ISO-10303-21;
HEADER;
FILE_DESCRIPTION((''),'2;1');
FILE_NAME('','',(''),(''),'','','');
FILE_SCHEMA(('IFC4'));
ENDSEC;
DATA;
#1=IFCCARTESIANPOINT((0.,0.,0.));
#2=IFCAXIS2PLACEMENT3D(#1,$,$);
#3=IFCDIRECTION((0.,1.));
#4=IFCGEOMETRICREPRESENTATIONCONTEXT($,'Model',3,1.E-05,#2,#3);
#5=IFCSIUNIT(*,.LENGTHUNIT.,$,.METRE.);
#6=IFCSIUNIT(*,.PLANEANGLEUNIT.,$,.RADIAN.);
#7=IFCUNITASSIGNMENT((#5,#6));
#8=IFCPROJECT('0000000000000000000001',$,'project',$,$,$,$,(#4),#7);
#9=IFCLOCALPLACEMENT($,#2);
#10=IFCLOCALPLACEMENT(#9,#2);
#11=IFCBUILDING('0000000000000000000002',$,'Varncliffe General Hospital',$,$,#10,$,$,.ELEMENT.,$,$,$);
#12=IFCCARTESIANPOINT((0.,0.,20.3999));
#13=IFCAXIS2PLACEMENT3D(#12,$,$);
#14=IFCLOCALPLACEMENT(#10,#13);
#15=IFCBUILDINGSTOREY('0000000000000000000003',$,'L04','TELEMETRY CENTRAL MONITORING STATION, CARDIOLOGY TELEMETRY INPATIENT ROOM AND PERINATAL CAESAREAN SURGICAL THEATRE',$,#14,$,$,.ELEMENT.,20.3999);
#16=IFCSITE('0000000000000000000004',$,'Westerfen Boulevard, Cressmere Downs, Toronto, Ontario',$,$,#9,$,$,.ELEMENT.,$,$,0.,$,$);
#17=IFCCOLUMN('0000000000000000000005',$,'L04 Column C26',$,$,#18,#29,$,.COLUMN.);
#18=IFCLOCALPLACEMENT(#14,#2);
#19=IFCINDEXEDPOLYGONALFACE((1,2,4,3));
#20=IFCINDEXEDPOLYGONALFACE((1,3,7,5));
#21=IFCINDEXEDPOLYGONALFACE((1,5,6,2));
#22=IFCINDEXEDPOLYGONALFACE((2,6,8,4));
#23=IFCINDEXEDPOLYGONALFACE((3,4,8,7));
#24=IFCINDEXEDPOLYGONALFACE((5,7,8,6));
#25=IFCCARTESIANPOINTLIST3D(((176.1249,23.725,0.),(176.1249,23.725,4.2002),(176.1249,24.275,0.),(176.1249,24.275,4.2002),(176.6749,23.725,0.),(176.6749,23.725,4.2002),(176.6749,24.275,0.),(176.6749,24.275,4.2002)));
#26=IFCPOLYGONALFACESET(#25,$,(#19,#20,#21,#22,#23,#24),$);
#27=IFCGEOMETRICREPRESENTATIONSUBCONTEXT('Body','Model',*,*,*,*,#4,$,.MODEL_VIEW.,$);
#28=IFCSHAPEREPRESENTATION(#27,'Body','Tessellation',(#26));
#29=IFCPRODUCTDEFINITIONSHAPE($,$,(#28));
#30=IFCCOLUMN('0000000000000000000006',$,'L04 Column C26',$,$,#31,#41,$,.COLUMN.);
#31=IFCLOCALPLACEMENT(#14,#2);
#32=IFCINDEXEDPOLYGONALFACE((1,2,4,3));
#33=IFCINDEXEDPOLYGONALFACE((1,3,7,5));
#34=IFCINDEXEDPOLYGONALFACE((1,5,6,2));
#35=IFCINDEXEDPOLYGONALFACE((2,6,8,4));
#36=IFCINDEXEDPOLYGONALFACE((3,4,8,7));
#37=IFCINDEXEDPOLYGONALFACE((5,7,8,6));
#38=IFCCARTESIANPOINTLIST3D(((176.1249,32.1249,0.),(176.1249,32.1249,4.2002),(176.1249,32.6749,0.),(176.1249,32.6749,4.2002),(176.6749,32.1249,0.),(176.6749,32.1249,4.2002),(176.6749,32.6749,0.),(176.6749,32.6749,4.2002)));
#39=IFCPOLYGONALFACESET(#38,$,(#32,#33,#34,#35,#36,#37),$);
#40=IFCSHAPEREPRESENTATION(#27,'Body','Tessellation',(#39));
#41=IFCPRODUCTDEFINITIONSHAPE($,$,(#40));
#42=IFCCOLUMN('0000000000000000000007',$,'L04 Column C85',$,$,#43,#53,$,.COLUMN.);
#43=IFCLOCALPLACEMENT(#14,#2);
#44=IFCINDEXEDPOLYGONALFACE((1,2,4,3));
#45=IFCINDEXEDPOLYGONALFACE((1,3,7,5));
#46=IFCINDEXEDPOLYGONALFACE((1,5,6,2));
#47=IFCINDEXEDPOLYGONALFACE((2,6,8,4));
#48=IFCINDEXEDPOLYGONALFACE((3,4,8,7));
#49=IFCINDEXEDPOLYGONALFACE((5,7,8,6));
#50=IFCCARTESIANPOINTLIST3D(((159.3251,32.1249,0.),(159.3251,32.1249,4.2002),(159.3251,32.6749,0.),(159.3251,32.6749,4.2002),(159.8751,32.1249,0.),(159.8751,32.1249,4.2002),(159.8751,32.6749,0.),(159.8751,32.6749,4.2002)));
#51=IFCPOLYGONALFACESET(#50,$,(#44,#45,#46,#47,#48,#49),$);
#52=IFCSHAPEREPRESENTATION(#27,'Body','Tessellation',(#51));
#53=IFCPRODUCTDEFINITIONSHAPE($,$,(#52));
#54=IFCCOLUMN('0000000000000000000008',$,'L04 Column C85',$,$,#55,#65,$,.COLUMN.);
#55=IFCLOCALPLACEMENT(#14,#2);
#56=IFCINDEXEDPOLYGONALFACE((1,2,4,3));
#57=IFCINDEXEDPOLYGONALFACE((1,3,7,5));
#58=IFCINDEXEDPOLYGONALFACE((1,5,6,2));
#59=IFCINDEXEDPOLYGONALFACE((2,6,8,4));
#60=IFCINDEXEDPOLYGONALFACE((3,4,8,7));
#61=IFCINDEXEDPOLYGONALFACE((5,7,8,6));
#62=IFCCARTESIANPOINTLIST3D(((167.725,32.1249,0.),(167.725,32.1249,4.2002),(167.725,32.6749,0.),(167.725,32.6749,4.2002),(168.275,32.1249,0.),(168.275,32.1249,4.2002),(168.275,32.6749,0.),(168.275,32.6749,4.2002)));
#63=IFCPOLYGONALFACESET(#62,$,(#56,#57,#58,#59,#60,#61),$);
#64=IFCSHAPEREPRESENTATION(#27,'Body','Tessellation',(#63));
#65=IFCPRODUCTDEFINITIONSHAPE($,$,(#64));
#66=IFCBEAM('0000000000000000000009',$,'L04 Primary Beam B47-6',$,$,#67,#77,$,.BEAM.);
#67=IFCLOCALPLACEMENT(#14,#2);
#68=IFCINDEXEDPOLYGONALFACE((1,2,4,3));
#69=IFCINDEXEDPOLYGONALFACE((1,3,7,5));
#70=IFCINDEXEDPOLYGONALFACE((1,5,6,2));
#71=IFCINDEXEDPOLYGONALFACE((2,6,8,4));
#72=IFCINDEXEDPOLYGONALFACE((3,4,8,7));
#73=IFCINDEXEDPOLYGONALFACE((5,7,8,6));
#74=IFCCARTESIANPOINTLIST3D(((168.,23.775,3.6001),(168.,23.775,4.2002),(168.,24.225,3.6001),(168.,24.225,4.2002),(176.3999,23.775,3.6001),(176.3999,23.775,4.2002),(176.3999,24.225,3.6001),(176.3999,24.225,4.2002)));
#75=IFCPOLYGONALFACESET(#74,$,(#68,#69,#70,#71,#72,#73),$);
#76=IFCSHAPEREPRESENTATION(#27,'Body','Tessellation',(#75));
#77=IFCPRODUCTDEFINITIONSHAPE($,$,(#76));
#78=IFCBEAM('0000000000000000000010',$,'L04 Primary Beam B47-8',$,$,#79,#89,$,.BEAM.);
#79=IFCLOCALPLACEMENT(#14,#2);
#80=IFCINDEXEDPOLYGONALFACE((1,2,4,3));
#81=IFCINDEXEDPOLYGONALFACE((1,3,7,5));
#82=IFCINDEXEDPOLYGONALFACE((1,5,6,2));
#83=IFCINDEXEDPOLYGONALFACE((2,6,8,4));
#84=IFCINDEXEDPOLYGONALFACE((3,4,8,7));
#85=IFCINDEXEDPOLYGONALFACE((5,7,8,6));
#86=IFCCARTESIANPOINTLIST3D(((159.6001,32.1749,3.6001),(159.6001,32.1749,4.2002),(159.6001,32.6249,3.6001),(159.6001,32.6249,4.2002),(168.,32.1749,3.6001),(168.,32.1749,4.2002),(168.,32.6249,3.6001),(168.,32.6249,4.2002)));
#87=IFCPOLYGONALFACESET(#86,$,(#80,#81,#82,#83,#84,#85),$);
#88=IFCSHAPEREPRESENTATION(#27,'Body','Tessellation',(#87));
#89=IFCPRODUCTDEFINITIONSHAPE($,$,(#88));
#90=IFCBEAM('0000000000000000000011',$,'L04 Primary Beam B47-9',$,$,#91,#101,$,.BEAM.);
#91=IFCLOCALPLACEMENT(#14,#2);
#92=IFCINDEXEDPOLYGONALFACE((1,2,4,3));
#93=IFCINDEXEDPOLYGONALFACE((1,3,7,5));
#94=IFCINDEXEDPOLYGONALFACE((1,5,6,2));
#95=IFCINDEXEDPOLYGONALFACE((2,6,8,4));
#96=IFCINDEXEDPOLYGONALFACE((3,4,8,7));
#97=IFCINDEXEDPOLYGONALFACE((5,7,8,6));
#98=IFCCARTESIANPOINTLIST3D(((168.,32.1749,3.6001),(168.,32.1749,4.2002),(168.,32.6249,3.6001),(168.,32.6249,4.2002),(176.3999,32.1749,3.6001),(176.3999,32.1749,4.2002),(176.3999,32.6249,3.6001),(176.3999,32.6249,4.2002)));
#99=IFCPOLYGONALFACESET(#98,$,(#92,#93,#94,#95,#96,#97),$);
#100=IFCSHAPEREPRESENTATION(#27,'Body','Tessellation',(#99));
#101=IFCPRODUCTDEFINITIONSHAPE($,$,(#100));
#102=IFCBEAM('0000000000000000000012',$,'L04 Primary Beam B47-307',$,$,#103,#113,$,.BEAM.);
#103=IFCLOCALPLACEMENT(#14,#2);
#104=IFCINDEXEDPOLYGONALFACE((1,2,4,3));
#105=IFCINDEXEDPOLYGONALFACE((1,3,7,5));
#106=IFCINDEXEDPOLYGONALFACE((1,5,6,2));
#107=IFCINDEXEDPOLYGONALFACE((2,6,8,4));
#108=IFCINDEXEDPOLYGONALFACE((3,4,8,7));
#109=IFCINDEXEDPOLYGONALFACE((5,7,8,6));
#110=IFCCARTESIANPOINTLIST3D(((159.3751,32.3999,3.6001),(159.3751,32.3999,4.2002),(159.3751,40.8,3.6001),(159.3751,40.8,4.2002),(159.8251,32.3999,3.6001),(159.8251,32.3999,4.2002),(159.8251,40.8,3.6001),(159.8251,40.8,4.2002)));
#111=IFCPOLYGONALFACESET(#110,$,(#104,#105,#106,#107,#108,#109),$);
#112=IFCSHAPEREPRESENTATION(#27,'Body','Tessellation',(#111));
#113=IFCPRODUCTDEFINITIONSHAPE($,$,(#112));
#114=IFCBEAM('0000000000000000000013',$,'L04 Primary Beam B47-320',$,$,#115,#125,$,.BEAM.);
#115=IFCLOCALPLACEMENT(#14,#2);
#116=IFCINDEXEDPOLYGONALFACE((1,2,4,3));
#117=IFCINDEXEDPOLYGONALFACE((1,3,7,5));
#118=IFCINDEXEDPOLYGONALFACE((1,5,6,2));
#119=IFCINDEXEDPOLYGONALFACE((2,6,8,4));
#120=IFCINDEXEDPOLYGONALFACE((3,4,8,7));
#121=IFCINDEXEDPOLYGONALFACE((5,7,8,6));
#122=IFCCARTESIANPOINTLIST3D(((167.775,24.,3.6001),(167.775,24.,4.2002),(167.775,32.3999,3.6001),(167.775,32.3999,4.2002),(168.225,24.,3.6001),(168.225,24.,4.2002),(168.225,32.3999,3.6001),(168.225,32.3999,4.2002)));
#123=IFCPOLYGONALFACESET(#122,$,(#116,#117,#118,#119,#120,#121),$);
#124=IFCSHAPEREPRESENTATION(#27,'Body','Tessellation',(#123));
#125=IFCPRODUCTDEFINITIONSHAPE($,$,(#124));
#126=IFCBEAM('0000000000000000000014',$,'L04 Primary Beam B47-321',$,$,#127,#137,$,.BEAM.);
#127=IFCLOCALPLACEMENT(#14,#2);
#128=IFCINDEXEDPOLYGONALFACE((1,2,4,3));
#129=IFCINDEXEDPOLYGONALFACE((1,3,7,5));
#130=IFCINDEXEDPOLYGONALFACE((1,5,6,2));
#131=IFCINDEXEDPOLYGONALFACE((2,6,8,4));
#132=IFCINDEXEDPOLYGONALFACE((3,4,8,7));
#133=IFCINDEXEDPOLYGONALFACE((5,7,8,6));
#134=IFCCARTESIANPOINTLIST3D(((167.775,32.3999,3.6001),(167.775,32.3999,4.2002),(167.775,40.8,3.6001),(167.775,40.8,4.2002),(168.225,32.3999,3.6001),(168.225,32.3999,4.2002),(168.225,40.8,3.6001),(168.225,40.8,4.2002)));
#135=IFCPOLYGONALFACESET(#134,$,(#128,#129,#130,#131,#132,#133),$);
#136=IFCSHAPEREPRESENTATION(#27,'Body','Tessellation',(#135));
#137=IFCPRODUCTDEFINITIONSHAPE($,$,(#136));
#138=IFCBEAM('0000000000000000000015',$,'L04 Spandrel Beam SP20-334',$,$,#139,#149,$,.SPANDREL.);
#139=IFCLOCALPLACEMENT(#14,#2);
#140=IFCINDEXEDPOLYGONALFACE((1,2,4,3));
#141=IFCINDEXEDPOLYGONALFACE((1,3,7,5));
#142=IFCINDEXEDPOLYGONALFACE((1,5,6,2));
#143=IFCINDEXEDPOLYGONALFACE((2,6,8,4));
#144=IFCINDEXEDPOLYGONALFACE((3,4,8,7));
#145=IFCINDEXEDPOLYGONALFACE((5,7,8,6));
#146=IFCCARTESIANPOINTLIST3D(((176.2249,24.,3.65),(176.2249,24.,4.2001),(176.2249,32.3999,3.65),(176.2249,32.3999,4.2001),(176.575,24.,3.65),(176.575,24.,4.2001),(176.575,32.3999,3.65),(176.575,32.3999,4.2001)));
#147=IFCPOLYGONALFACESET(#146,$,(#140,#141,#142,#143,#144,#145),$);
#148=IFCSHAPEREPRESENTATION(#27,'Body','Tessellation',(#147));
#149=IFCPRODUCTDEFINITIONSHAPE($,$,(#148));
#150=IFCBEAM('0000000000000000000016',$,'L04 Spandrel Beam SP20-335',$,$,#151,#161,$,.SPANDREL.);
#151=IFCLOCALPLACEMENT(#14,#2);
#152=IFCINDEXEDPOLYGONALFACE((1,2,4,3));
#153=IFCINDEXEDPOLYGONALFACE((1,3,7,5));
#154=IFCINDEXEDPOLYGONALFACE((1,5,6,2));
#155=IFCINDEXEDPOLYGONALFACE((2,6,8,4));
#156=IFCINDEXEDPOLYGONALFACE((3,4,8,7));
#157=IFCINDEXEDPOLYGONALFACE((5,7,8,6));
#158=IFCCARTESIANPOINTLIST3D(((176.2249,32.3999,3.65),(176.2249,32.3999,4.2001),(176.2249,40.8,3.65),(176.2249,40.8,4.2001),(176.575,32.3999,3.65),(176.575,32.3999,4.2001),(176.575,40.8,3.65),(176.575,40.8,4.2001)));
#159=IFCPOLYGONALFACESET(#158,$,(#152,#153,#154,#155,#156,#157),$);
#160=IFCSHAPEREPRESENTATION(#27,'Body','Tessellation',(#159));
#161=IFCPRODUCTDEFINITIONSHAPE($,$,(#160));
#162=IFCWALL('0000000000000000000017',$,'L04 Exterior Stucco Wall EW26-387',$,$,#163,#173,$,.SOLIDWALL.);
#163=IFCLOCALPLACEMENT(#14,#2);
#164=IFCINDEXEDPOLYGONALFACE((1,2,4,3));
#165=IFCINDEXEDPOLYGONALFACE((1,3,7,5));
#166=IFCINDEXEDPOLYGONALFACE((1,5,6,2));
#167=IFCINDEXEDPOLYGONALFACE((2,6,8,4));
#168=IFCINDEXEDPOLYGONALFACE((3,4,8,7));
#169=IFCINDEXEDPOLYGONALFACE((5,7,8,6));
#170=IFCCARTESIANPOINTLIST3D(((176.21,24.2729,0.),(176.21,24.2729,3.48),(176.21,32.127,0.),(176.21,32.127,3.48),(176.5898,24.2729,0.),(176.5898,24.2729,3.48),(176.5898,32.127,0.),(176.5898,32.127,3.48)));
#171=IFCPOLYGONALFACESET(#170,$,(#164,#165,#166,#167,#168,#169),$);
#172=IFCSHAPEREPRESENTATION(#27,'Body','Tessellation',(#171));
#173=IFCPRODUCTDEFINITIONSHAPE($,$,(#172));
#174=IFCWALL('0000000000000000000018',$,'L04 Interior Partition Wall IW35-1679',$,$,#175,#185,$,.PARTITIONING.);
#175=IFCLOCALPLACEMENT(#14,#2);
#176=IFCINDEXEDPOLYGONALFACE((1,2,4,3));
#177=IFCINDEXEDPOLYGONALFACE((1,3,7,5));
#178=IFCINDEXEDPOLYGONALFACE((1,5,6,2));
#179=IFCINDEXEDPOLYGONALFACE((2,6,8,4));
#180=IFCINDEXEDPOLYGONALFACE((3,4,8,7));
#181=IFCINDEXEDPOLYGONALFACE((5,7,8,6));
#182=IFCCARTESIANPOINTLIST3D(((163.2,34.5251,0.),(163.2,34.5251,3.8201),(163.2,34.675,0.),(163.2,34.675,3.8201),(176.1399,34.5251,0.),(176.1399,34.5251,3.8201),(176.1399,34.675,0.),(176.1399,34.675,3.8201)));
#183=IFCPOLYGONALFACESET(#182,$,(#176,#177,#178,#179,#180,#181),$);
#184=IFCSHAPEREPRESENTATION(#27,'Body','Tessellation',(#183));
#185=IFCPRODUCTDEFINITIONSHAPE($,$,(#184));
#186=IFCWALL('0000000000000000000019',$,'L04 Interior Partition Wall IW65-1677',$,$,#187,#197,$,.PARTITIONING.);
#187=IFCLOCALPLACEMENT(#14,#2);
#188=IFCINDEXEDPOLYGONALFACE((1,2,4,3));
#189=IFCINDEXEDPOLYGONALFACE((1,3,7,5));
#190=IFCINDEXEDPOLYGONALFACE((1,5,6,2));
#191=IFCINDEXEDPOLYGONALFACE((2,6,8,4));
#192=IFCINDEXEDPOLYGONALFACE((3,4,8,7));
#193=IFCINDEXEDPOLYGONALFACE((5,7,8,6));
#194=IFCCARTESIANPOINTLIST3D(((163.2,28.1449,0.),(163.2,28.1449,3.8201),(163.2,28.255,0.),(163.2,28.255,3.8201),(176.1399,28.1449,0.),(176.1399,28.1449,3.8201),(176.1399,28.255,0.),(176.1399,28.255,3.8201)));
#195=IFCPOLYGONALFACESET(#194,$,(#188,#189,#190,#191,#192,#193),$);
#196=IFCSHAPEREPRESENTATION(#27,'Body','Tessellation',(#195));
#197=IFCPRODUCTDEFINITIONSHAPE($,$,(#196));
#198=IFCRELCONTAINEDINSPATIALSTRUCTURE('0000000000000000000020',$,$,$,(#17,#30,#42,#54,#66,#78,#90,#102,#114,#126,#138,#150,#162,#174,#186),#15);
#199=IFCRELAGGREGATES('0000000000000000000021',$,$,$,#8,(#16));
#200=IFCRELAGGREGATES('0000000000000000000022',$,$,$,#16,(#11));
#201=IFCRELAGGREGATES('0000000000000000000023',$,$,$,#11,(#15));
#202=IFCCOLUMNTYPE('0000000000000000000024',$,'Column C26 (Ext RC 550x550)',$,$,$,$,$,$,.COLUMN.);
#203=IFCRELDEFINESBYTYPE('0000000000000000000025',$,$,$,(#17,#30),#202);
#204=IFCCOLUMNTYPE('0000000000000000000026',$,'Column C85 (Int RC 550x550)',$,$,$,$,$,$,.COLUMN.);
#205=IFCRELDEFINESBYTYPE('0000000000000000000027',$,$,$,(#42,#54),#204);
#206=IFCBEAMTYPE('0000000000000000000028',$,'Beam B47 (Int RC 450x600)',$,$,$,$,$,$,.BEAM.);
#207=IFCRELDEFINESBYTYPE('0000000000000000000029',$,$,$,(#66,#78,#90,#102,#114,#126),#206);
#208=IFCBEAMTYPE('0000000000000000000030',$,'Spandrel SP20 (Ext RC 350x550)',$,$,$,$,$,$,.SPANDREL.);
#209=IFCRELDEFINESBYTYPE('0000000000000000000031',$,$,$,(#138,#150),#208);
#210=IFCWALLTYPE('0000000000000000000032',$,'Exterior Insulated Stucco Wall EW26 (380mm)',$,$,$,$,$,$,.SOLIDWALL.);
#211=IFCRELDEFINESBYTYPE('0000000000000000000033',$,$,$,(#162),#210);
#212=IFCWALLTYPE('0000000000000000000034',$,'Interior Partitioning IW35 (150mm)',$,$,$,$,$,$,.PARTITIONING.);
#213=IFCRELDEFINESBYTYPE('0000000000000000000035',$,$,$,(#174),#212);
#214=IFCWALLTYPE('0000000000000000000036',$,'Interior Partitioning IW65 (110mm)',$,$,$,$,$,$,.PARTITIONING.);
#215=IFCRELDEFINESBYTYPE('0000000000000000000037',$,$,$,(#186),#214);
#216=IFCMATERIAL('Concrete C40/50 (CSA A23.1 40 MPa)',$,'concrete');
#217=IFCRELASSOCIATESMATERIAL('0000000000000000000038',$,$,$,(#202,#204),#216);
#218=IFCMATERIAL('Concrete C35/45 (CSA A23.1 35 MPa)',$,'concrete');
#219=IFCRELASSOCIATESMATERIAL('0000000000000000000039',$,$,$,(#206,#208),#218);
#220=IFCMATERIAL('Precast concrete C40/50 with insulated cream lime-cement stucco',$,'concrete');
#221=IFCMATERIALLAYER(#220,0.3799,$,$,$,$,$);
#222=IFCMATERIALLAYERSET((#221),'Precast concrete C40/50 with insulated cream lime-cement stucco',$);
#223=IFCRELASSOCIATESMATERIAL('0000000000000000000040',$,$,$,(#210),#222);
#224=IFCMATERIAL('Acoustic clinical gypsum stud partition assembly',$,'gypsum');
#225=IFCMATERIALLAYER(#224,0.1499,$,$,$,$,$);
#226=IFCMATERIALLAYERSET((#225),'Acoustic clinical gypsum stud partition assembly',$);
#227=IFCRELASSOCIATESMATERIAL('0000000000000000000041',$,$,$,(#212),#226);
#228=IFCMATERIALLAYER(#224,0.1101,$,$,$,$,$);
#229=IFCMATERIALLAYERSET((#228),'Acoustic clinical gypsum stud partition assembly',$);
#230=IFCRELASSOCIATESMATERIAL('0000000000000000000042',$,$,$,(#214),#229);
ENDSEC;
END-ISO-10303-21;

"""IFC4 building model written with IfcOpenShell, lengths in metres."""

from ifc_helpers import new_model, si_unit, direction, frame, frame_2d, origin, origin_2d, place, context, subcontext, project, spatial, rectangle, extrude, material, layer, layer_set, material_profile, profile_set, type_object, element, save


model = new_model("IFC4")

# Units and contexts
model_context = context("Model", 3, precision=1e-05, world=origin(), true_north=direction((0.0, 1.0)))
body_context = subcontext(model_context, "Body", "Model", "MODEL_VIEW")
ifc_project = project(units=[si_unit("LENGTHUNIT", "METRE"), si_unit("PLANEANGLEUNIT", "RADIAN")], contexts=[model_context])

# Site, building, storey
site_placement = place(None, origin())
site = spatial("IfcSite", under=ifc_project, at=site_placement, Name="Westerfen Boulevard, Cressmere Downs, Toronto, Ontario", CompositionType="ELEMENT", RefElevation=0.0)
building_placement = place(site_placement, origin())
building = spatial("IfcBuilding", under=site, at=building_placement, Name="Varncliffe General Hospital", CompositionType="ELEMENT")
storey_placement = place(building_placement, frame((0.0, 0.0, 20.3999)))
storey = spatial("IfcBuildingStorey", under=building, at=storey_placement, Name="L04", Description="TELEMETRY CENTRAL MONITORING STATION, CARDIOLOGY TELEMETRY INPATIENT ROOM AND PERINATAL CAESAREAN SURGICAL THEATRE", CompositionType="ELEMENT", Elevation=20.3999)

# Columns
ifc_material_1 = material(Name="Concrete C40/50 (CSA A23.1 40 MPa)", Category="concrete")
ifc_material_profile_1 = material_profile(ifc_material_1, rectangle(XDim=0.55, YDim=0.55, at=origin_2d()), Name="RC 550x550")
ifc_profile_set_1 = profile_set([ifc_material_profile_1], Name="Concrete C40/50 (CSA A23.1 40 MPa)")
column_type_1 = type_object("IfcColumnType", Name="Column C26 (Ext RC 550x550)", PredefinedType="COLUMN", material=ifc_profile_set_1)
for number, where, z_axis, x_axis, name in (
    (1, (176.3999, 24.0, 0.0), (0.0, 0.0, 1.0), (1.0, 0.0, 0.0), "L04 Column C26"),
    (2, (176.3999, 32.3999, 0.0), (0.0, 0.0, 1.0), (1.0, 0.0, 0.0), "L04 Column C26"),
):
    element("IfcColumn", number, at=place(storey_placement, frame(where, z_axis=z_axis, x_axis=x_axis)), inside=storey, type_object=column_type_1, Name=name, PredefinedType="COLUMN", context=body_context, shape_type="SweptSolid", body=[
        extrude(rectangle(XDim=0.55, YDim=0.55, at=origin_2d()), origin(), (0.0, 0.0, 1.0), 4.2002),
    ])
ifc_material_profile_2 = material_profile(ifc_material_1, rectangle(XDim=0.55, YDim=0.55, at=origin_2d()), Name="RC 550x550")
ifc_profile_set_2 = profile_set([ifc_material_profile_2], Name="Concrete C40/50 (CSA A23.1 40 MPa)")
column_type_2 = type_object("IfcColumnType", Name="Column C85 (Int RC 550x550)", PredefinedType="COLUMN", material=ifc_profile_set_2)
for number, where, z_axis, x_axis, name in (
    (3, (159.6001, 32.3999, 0.0), (0.0, 0.0, 1.0), (1.0, 0.0, 0.0), "L04 Column C85"),
    (4, (168.0, 32.3999, 0.0), (0.0, 0.0, 1.0), (1.0, 0.0, 0.0), "L04 Column C85"),
):
    element("IfcColumn", number, at=place(storey_placement, frame(where, z_axis=z_axis, x_axis=x_axis)), inside=storey, type_object=column_type_2, Name=name, PredefinedType="COLUMN", context=body_context, shape_type="SweptSolid", body=[
        extrude(rectangle(XDim=0.55, YDim=0.55, at=origin_2d()), origin(), (0.0, 0.0, 1.0), 4.2002),
    ])

# Beams
ifc_material_2 = material(Name="Concrete C35/45 (CSA A23.1 35 MPa)", Category="concrete")
ifc_material_profile_3 = material_profile(ifc_material_2, rectangle(XDim=0.45, YDim=0.6001, at=origin_2d()), Name="RC 450x600")
ifc_profile_set_3 = profile_set([ifc_material_profile_3], Name="Concrete C35/45 (CSA A23.1 35 MPa)")
beam_type_1 = type_object("IfcBeamType", Name="Beam B47 (Int RC 450x600)", PredefinedType="BEAM", material=ifc_profile_set_3)
for number, where, z_axis, x_axis, name in (
    (5, (168.0, 24.0, 3.9001), (1.0, 0.0, 0.0), (0.0, 1.0, 0.0), "L04 Primary Beam B47-6"),
    (6, (159.6001, 32.3999, 3.9001), (1.0, 0.0, 0.0), (0.0, 1.0, 0.0), "L04 Primary Beam B47-8"),
    (7, (168.0, 32.3999, 3.9001), (1.0, 0.0, 0.0), (0.0, 1.0, 0.0), "L04 Primary Beam B47-9"),
):
    element("IfcBeam", number, at=place(storey_placement, frame(where, z_axis=z_axis, x_axis=x_axis)), inside=storey, type_object=beam_type_1, Name=name, PredefinedType="BEAM", context=body_context, shape_type="SweptSolid", body=[
        extrude(rectangle(XDim=0.45, YDim=0.6001, at=origin_2d()), origin(), (0.0, 0.0, 1.0), 8.3999),
    ])
beam_1_placement = place(storey_placement, frame((159.6001, 32.3999, 3.9001), z_axis=(0.0, 1.0, 0.0), x_axis=(-1.0, 0.0, 0.0)))
element("IfcBeam", 8, at=beam_1_placement, inside=storey, type_object=beam_type_1, Name="L04 Primary Beam B47-307", PredefinedType="BEAM", context=body_context, shape_type="SweptSolid", body=[
    extrude(rectangle(XDim=0.45, YDim=0.6001, at=origin_2d()), origin(), (0.0, 0.0, 1.0), 8.4001),
])
beam_2_placement = place(storey_placement, frame((168.0, 24.0, 3.9001), z_axis=(0.0, 1.0, 0.0), x_axis=(-1.0, 0.0, 0.0)))
element("IfcBeam", 9, at=beam_2_placement, inside=storey, type_object=beam_type_1, Name="L04 Primary Beam B47-320", PredefinedType="BEAM", context=body_context, shape_type="SweptSolid", body=[
    extrude(rectangle(XDim=0.45, YDim=0.6001, at=origin_2d()), origin(), (0.0, 0.0, 1.0), 8.3999),
])
beam_3_placement = place(storey_placement, frame((168.0, 32.3999, 3.9001), z_axis=(0.0, 1.0, 0.0), x_axis=(-1.0, 0.0, 0.0)))
element("IfcBeam", 10, at=beam_3_placement, inside=storey, type_object=beam_type_1, Name="L04 Primary Beam B47-321", PredefinedType="BEAM", context=body_context, shape_type="SweptSolid", body=[
    extrude(rectangle(XDim=0.45, YDim=0.6001, at=origin_2d()), origin(), (0.0, 0.0, 1.0), 8.4001),
])
ifc_material_profile_4 = material_profile(ifc_material_2, rectangle(XDim=0.3501, YDim=0.55, at=origin_2d()), Name="RC 350x550")
ifc_profile_set_4 = profile_set([ifc_material_profile_4], Name="Concrete C35/45 (CSA A23.1 35 MPa)")
beam_type_2 = type_object("IfcBeamType", Name="Spandrel SP20 (Ext RC 350x550)", PredefinedType="SPANDREL", material=ifc_profile_set_4)
beam_4_placement = place(storey_placement, frame((176.3999, 24.0, 3.925), z_axis=(0.0, 1.0, 0.0), x_axis=(-1.0, 0.0, 0.0)))
element("IfcBeam", 11, at=beam_4_placement, inside=storey, type_object=beam_type_2, Name="L04 Spandrel Beam SP20-334", PredefinedType="SPANDREL", context=body_context, shape_type="SweptSolid", body=[
    extrude(rectangle(XDim=0.3501, YDim=0.55, at=origin_2d()), origin(), (0.0, 0.0, 1.0), 8.3999),
])
beam_5_placement = place(storey_placement, frame((176.3999, 32.3999, 3.925), z_axis=(0.0, 1.0, 0.0), x_axis=(-1.0, 0.0, 0.0)))
element("IfcBeam", 12, at=beam_5_placement, inside=storey, type_object=beam_type_2, Name="L04 Spandrel Beam SP20-335", PredefinedType="SPANDREL", context=body_context, shape_type="SweptSolid", body=[
    extrude(rectangle(XDim=0.3501, YDim=0.55, at=origin_2d()), origin(), (0.0, 0.0, 1.0), 8.4001),
])

# Walls
ifc_material_3 = material(Name="Precast concrete C40/50 with insulated cream lime-cement stucco", Category="concrete")
ifc_layer_1 = layer(ifc_material_3, 0.3799)
ifc_layer_set_1 = layer_set([ifc_layer_1], Name="Precast concrete C40/50 with insulated cream lime-cement stucco")
wall_type_1 = type_object("IfcWallType", Name="Exterior Insulated Stucco Wall EW26 (380mm)", PredefinedType="SOLIDWALL", material=ifc_layer_set_1)
wall_1_placement = place(storey_placement, frame((176.3999, 32.127, 0.0), z_axis=(0.0, 0.0, 1.0), x_axis=(0.0, -1.0, 0.0)))
element("IfcWall", 13, at=wall_1_placement, inside=storey, type_object=wall_type_1, Name="L04 Exterior Stucco Wall EW26-387", PredefinedType="SOLIDWALL", context=body_context, shape_type="SweptSolid", body=[
    extrude(rectangle(XDim=7.854, YDim=0.3799, at=frame_2d((3.927, 0.0))), origin(), (0.0, 0.0, 1.0), 3.48),
])
ifc_material_4 = material(Name="Acoustic clinical gypsum stud partition assembly", Category="gypsum")
ifc_layer_2 = layer(ifc_material_4, 0.1499)
ifc_layer_set_2 = layer_set([ifc_layer_2], Name="Acoustic clinical gypsum stud partition assembly")
wall_type_2 = type_object("IfcWallType", Name="Interior Partitioning IW35 (150mm)", PredefinedType="PARTITIONING", material=ifc_layer_set_2)
wall_2_placement = place(storey_placement, frame((163.2, 34.6001, 0.0), z_axis=(0.0, 0.0, 1.0), x_axis=(1.0, 0.0, 0.0)))
element("IfcWall", 14, at=wall_2_placement, inside=storey, type_object=wall_type_2, Name="L04 Interior Partition Wall IW35-1679", PredefinedType="PARTITIONING", context=body_context, shape_type="SweptSolid", body=[
    extrude(rectangle(XDim=12.9399, YDim=0.1499, at=frame_2d((6.47, 0.0))), origin(), (0.0, 0.0, 1.0), 3.8201),
])
ifc_layer_3 = layer(ifc_material_4, 0.1101)
ifc_layer_set_3 = layer_set([ifc_layer_3], Name="Acoustic clinical gypsum stud partition assembly")
wall_type_3 = type_object("IfcWallType", Name="Interior Partitioning IW65 (110mm)", PredefinedType="PARTITIONING", material=ifc_layer_set_3)
wall_3_placement = place(storey_placement, frame((163.2, 28.2, 0.0), z_axis=(0.0, 0.0, 1.0), x_axis=(1.0, 0.0, 0.0)))
element("IfcWall", 15, at=wall_3_placement, inside=storey, type_object=wall_type_3, Name="L04 Interior Partition Wall IW65-1677", PredefinedType="PARTITIONING", context=body_context, shape_type="SweptSolid", body=[
    extrude(rectangle(XDim=12.9399, YDim=0.1101, at=frame_2d((6.47, 0.0))), origin(), (0.0, 0.0, 1.0), 3.8201),
])

save(model, "model.ifc")
